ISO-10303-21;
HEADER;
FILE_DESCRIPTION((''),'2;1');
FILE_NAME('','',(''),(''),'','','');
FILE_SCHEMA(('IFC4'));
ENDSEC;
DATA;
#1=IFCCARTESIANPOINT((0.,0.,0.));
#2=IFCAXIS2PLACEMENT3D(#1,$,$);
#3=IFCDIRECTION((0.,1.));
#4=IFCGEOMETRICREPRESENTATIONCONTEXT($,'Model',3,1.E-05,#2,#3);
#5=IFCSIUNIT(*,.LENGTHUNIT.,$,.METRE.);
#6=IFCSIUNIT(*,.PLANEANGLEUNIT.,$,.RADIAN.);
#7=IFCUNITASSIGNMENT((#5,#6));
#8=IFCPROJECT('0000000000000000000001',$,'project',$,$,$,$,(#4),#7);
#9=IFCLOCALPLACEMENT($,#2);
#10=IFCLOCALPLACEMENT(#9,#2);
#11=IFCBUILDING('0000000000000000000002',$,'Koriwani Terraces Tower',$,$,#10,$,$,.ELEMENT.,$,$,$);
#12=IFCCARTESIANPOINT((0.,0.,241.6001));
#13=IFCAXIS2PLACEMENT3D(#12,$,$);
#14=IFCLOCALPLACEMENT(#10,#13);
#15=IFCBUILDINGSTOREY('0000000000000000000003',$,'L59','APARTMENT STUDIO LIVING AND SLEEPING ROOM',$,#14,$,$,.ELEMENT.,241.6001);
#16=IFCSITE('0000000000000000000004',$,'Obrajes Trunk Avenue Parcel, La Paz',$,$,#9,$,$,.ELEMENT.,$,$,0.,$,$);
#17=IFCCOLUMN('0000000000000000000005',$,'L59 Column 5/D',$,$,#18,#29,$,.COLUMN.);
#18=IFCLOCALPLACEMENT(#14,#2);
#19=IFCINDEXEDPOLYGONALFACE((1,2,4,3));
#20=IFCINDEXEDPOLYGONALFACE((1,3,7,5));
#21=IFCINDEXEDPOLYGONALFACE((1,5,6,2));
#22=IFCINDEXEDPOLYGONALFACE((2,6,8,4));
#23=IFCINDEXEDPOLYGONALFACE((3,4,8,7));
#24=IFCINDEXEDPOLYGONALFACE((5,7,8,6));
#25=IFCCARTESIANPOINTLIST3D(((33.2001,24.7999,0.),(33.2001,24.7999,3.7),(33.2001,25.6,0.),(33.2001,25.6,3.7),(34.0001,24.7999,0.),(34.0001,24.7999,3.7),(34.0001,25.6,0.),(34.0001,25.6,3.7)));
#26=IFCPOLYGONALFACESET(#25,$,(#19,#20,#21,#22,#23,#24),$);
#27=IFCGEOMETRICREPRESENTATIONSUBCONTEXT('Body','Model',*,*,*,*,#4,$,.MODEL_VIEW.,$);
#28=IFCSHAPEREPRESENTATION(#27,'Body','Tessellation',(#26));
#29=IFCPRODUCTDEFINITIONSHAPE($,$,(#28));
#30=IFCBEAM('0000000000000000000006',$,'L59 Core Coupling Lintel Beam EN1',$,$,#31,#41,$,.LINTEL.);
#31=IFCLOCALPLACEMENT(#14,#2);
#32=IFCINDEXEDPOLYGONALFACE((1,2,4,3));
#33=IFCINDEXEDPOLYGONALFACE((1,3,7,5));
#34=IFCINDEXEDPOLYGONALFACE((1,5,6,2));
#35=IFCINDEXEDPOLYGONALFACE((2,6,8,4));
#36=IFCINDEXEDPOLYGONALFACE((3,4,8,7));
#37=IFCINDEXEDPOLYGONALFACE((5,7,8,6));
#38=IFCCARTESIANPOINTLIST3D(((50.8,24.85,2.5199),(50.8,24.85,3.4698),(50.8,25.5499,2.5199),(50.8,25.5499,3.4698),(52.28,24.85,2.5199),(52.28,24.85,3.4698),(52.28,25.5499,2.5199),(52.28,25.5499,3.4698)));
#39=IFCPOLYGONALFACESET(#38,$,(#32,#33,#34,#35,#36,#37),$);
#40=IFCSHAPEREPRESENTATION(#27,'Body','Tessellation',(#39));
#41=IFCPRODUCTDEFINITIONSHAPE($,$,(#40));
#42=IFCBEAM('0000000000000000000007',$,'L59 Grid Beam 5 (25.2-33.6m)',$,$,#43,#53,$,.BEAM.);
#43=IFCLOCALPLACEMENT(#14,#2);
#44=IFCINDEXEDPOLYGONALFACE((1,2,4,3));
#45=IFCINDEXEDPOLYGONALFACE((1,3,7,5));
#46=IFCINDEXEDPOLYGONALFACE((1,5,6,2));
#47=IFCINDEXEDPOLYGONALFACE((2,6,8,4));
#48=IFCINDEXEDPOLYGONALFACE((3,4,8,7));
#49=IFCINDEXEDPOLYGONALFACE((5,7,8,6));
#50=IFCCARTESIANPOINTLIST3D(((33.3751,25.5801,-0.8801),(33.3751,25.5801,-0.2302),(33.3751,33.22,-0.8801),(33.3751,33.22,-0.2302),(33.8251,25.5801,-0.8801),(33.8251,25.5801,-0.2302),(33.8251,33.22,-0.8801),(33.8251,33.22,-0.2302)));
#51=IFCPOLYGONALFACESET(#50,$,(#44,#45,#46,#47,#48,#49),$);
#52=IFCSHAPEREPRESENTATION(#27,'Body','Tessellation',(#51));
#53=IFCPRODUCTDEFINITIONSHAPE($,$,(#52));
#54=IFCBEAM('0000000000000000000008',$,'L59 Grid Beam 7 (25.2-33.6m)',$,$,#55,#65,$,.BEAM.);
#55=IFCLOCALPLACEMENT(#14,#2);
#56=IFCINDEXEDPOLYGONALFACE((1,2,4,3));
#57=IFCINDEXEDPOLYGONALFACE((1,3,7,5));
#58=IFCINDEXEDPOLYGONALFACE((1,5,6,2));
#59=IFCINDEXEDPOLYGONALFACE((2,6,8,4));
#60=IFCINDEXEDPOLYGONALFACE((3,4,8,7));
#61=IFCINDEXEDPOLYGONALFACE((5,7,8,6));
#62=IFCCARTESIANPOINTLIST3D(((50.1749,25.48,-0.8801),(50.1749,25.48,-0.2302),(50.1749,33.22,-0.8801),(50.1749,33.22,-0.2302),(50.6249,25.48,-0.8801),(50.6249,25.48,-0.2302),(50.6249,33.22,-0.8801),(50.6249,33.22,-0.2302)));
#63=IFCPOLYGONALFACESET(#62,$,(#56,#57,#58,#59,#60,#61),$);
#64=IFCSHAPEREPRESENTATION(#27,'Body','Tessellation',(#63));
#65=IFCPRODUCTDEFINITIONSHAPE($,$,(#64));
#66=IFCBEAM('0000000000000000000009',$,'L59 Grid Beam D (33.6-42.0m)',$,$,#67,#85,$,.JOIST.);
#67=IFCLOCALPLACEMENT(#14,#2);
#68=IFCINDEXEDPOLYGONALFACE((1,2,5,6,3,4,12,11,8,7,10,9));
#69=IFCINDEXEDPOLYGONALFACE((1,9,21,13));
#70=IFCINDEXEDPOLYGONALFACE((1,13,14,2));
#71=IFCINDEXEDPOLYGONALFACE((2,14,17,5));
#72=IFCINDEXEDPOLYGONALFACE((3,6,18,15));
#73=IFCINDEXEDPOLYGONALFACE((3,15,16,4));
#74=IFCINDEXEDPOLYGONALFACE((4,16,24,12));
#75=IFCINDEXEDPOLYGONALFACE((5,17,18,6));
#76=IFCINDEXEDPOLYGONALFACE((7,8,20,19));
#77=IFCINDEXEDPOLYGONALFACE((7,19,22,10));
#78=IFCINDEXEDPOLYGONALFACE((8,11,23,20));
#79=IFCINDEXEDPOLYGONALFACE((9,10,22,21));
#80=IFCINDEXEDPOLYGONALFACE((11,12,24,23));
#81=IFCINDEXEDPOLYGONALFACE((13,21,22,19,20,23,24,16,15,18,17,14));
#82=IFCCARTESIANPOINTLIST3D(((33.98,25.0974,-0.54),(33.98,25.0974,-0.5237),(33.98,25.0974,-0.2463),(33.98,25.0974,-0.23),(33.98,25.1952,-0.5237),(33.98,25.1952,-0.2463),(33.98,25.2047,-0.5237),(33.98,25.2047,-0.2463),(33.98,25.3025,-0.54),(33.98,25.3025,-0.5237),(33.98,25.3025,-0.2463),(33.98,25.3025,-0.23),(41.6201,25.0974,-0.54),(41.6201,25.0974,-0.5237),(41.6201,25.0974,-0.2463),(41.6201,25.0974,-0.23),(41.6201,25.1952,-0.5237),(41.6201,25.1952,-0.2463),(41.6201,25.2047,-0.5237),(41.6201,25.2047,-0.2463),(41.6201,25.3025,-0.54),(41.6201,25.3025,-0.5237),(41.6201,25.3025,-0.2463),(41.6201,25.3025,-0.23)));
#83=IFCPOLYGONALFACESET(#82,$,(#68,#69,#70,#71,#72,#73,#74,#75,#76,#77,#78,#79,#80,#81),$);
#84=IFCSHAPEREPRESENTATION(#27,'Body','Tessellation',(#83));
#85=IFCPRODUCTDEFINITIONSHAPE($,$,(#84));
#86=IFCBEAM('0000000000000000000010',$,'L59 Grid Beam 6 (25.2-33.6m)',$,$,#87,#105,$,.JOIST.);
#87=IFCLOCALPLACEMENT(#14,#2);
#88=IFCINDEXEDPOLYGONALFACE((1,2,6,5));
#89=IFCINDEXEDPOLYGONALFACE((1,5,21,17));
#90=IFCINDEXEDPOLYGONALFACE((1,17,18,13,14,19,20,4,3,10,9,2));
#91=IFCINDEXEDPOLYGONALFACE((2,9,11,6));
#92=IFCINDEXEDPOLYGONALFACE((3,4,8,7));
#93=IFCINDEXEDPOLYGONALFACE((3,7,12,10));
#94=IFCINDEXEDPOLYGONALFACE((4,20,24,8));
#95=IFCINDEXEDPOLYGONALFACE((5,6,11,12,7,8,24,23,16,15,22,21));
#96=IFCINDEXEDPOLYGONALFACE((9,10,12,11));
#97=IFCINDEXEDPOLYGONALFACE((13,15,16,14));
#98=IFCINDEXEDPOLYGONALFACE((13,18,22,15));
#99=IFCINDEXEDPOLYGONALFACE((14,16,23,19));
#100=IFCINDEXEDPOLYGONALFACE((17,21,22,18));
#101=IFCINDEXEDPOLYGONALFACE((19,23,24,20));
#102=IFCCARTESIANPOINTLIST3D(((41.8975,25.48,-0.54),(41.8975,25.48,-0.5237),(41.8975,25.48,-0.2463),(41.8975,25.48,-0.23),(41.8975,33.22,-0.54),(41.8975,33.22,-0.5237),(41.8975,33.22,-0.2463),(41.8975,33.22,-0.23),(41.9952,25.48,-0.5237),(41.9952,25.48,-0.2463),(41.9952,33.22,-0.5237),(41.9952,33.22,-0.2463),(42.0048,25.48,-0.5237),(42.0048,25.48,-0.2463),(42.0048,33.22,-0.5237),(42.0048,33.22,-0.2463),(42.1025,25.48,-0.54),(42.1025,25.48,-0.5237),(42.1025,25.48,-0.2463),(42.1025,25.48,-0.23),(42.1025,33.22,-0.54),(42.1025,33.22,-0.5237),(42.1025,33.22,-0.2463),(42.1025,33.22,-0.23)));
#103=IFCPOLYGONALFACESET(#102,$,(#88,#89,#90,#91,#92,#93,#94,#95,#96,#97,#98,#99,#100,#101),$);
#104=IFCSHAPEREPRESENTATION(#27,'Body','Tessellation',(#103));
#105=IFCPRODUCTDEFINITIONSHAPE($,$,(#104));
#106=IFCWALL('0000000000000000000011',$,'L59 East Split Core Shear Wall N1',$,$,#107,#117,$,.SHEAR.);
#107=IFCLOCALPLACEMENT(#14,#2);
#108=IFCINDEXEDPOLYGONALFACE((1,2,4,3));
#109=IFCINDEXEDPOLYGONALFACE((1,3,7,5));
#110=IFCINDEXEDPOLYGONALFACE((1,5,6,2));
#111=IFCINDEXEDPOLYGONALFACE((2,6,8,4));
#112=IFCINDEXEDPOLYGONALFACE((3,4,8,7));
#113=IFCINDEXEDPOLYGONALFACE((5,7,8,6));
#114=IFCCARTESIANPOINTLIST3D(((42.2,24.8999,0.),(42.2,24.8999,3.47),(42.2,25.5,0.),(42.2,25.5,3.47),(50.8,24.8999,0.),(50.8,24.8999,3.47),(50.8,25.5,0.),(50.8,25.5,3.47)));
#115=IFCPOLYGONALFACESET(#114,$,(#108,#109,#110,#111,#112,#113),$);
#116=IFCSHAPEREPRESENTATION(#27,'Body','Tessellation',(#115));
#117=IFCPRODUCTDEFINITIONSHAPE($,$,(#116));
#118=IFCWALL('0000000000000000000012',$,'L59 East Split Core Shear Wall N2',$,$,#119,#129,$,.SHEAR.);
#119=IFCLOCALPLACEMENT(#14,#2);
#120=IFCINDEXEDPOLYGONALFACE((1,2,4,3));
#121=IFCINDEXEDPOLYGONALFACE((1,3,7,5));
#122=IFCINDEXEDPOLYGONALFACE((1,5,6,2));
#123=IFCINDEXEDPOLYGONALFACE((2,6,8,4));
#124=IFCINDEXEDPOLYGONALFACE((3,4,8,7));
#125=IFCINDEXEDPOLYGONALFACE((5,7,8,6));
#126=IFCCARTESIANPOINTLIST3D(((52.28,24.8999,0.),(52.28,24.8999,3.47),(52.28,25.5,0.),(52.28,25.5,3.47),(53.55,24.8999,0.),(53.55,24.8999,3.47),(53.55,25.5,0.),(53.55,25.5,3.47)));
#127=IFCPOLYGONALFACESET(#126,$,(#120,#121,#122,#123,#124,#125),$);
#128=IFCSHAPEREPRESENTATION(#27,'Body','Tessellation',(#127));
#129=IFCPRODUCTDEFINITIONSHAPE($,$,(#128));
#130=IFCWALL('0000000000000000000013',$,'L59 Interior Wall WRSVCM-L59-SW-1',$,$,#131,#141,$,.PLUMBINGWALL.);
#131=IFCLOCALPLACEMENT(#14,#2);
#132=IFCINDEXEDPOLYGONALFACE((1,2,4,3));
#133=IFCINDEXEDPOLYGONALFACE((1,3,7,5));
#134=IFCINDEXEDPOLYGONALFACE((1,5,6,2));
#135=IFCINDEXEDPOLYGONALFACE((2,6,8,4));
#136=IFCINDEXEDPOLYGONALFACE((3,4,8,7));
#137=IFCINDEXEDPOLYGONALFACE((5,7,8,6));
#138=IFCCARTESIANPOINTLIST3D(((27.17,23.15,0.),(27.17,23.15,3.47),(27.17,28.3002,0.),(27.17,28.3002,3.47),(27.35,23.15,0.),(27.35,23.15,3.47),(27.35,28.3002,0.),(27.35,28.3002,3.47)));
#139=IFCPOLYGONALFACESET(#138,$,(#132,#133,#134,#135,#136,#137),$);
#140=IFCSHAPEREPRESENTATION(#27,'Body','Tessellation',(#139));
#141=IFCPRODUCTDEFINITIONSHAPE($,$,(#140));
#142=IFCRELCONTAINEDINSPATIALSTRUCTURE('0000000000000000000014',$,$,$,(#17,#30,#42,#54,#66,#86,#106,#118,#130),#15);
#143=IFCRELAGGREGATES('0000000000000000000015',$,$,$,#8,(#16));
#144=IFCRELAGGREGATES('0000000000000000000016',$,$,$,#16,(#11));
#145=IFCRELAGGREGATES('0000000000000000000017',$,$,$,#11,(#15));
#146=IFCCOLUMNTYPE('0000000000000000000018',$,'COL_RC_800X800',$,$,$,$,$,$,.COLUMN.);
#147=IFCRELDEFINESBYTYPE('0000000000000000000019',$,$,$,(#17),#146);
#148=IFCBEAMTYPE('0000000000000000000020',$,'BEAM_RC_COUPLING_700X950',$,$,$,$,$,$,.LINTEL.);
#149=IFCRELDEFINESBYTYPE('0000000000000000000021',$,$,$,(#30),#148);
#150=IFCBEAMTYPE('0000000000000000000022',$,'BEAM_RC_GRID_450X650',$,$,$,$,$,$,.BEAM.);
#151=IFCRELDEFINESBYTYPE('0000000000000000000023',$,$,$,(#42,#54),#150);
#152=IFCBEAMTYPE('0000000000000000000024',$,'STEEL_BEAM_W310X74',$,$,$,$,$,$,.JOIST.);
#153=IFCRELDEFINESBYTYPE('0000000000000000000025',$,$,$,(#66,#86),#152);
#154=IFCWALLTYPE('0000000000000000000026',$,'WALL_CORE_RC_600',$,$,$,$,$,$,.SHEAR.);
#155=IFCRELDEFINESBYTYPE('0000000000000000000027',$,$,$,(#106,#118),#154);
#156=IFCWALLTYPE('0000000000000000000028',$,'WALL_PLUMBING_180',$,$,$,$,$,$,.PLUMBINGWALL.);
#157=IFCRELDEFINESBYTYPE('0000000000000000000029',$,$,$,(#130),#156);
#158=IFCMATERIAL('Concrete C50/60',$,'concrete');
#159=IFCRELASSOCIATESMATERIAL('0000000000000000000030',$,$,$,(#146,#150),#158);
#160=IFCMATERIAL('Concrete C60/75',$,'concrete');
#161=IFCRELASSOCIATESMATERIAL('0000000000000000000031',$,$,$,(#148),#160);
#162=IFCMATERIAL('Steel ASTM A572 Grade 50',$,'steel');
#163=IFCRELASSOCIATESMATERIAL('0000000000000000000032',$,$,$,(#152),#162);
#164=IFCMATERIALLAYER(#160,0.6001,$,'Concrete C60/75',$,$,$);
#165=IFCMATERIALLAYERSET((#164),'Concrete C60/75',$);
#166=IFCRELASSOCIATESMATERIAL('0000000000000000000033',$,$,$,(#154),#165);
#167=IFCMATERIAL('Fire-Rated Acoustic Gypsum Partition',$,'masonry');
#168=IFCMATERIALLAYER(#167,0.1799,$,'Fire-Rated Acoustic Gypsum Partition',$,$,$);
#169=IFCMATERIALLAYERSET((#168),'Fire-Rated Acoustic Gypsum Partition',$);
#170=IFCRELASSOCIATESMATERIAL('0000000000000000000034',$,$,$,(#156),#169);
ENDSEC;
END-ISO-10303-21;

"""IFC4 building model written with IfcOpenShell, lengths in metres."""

from ifc_helpers import new_model, si_unit, direction, frame, frame_2d, origin, origin_2d, place, context, subcontext, project, spatial, rectangle, i_section, extrude, material, layer, layer_set, material_profile, profile_set, type_object, element, save


model = new_model("IFC4")

# Units and contexts
model_context = context("Model", 3, precision=1e-05, world=origin(), true_north=direction((0.0, 1.0)))
body_context = subcontext(model_context, "Body", "Model", "MODEL_VIEW")
ifc_project = project(units=[si_unit("LENGTHUNIT", "METRE"), si_unit("PLANEANGLEUNIT", "RADIAN")], contexts=[model_context])

# Site, building, storey
site_placement = place(None, origin())
site = spatial("IfcSite", under=ifc_project, at=site_placement, Name="Obrajes Trunk Avenue Parcel, La Paz", CompositionType="ELEMENT", RefElevation=0.0)
building_placement = place(site_placement, origin())
building = spatial("IfcBuilding", under=site, at=building_placement, Name="Koriwani Terraces Tower", CompositionType="ELEMENT")
storey_placement = place(building_placement, frame((0.0, 0.0, 241.6001)))
storey = spatial("IfcBuildingStorey", under=building, at=storey_placement, Name="L59", Description="APARTMENT STUDIO LIVING AND SLEEPING ROOM", CompositionType="ELEMENT", Elevation=241.6001)

# Column
ifc_material_1 = material(Name="Concrete C50/60", Category="concrete")
ifc_material_profile_1 = material_profile(ifc_material_1, rectangle(XDim=0.8, YDim=0.8, at=origin_2d()), Name="Concrete C50/60", Category="LoadBearing")
ifc_profile_set_1 = profile_set([ifc_material_profile_1], Name="Concrete C50/60")
column_type = type_object("IfcColumnType", Name="COL_RC_800X800", PredefinedType="COLUMN", material=ifc_profile_set_1)
column_placement = place(storey_placement, frame((33.6001, 25.2, 0.0), z_axis=(0.0, 0.0, 1.0), x_axis=(1.0, 0.0, 0.0)))
element("IfcColumn", 1, at=column_placement, inside=storey, type_object=column_type, Name="L59 Column 5/D", PredefinedType="COLUMN", context=body_context, shape_type="SweptSolid", body=[
    extrude(rectangle(XDim=0.8, YDim=0.8, at=origin_2d()), origin(), (0.0, 0.0, 1.0), 3.7),
])

# Beams
ifc_material_2 = material(Name="Concrete C60/75", Category="concrete")
ifc_material_profile_2 = material_profile(ifc_material_2, rectangle(XDim=0.7, YDim=0.95, at=origin_2d()), Name="Concrete C60/75", Category="LoadBearing")
ifc_profile_set_2 = profile_set([ifc_material_profile_2], Name="Concrete C60/75")
beam_type_1 = type_object("IfcBeamType", Name="BEAM_RC_COUPLING_700X950", PredefinedType="LINTEL", material=ifc_profile_set_2)
beam_1_placement = place(storey_placement, frame((50.8, 25.2, 2.9949), z_axis=(1.0, 0.0, 0.0), x_axis=(0.0, 1.0, 0.0)))
element("IfcBeam", 2, at=beam_1_placement, inside=storey, type_object=beam_type_1, Name="L59 Core Coupling Lintel Beam EN1", PredefinedType="LINTEL", context=body_context, shape_type="SweptSolid", body=[
    extrude(rectangle(XDim=0.7, YDim=0.95, at=origin_2d()), origin(), (0.0, 0.0, 1.0), 1.48),
])
ifc_material_profile_3 = material_profile(ifc_material_1, rectangle(XDim=0.45, YDim=0.6499, at=origin_2d()), Name="Concrete C50/60", Category="LoadBearing")
ifc_profile_set_3 = profile_set([ifc_material_profile_3], Name="Concrete C50/60")
beam_type_2 = type_object("IfcBeamType", Name="BEAM_RC_GRID_450X650", PredefinedType="BEAM", material=ifc_profile_set_3)
beam_2_placement = place(storey_placement, frame((33.6001, 25.5801, -0.5552), z_axis=(0.0, 1.0, 0.0), x_axis=(-1.0, 0.0, 0.0)))
element("IfcBeam", 3, at=beam_2_placement, inside=storey, type_object=beam_type_2, Name="L59 Grid Beam 5 (25.2-33.6m)", PredefinedType="BEAM", context=body_context, shape_type="SweptSolid", body=[
    extrude(rectangle(XDim=0.45, YDim=0.6499, at=origin_2d()), origin(), (0.0, 0.0, 1.0), 7.6399),
])
beam_3_placement = place(storey_placement, frame((50.3999, 25.48, -0.5552), z_axis=(0.0, 1.0, 0.0), x_axis=(-1.0, 0.0, 0.0)))
element("IfcBeam", 4, at=beam_3_placement, inside=storey, type_object=beam_type_2, Name="L59 Grid Beam 7 (25.2-33.6m)", PredefinedType="BEAM", context=body_context, shape_type="SweptSolid", body=[
    extrude(rectangle(XDim=0.45, YDim=0.6499, at=origin_2d()), origin(), (0.0, 0.0, 1.0), 7.74),
])
ifc_material_3 = material(Name="Steel ASTM A572 Grade 50", Category="steel")
ifc_material_profile_4 = material_profile(ifc_material_3, i_section(OverallWidth=0.2051, OverallDepth=0.3101, WebThickness=0.0095, FlangeThickness=0.0164, at=origin_2d()), Name="Steel ASTM A572 Grade 50", Category="LoadBearing")
ifc_profile_set_4 = profile_set([ifc_material_profile_4], Name="Steel ASTM A572 Grade 50")
beam_type_3 = type_object("IfcBeamType", Name="STEEL_BEAM_W310X74", PredefinedType="JOIST", material=ifc_profile_set_4)
beam_4_placement = place(storey_placement, frame((33.98, 25.2, -0.385), z_axis=(1.0, 0.0, 0.0), x_axis=(0.0, 1.0, 0.0)))
element("IfcBeam", 5, at=beam_4_placement, inside=storey, type_object=beam_type_3, Name="L59 Grid Beam D (33.6-42.0m)", PredefinedType="JOIST", context=body_context, shape_type="SweptSolid", body=[
    extrude(i_section(OverallWidth=0.2051, OverallDepth=0.3101, WebThickness=0.0095, FlangeThickness=0.0164, at=origin_2d()), origin(), (0.0, 0.0, 1.0), 7.6401),
])
beam_5_placement = place(storey_placement, frame((42.0, 25.48, -0.385), z_axis=(0.0, 1.0, 0.0), x_axis=(-1.0, 0.0, 0.0)))
element("IfcBeam", 6, at=beam_5_placement, inside=storey, type_object=beam_type_3, Name="L59 Grid Beam 6 (25.2-33.6m)", PredefinedType="JOIST", context=body_context, shape_type="SweptSolid", body=[
    extrude(i_section(OverallWidth=0.2051, OverallDepth=0.3101, WebThickness=0.0095, FlangeThickness=0.0164, at=origin_2d()), origin(), (0.0, 0.0, 1.0), 7.74),
])

# Walls
ifc_layer_1 = layer(ifc_material_2, 0.6001, Name="Concrete C60/75")
ifc_layer_set_1 = layer_set([ifc_layer_1], Name="Concrete C60/75")
wall_type_1 = type_object("IfcWallType", Name="WALL_CORE_RC_600", PredefinedType="SHEAR", material=ifc_layer_set_1)
wall_1_placement = place(storey_placement, frame((42.2, 25.2, 0.0), z_axis=(0.0, 0.0, 1.0), x_axis=(1.0, 0.0, 0.0)))
element("IfcWall", 7, at=wall_1_placement, inside=storey, type_object=wall_type_1, Name="L59 East Split Core Shear Wall N1", PredefinedType="SHEAR", context=body_context, shape_type="SweptSolid", body=[
    extrude(rectangle(XDim=8.6001, YDim=0.6001, at=frame_2d((4.3, 0.0))), origin(), (0.0, 0.0, 1.0), 3.47),
])
wall_2_placement = place(storey_placement, frame((52.28, 25.2, 0.0), z_axis=(0.0, 0.0, 1.0), x_axis=(1.0, 0.0, 0.0)))
element("IfcWall", 8, at=wall_2_placement, inside=storey, type_object=wall_type_1, Name="L59 East Split Core Shear Wall N2", PredefinedType="SHEAR", context=body_context, shape_type="SweptSolid", body=[
    extrude(rectangle(XDim=1.27, YDim=0.6001, at=frame_2d((0.635, 0.0))), origin(), (0.0, 0.0, 1.0), 3.47),
])
ifc_material_4 = material(Name="Fire-Rated Acoustic Gypsum Partition", Category="masonry")
ifc_layer_2 = layer(ifc_material_4, 0.1799, Name="Fire-Rated Acoustic Gypsum Partition")
ifc_layer_set_2 = layer_set([ifc_layer_2], Name="Fire-Rated Acoustic Gypsum Partition")
wall_type_2 = type_object("IfcWallType", Name="WALL_PLUMBING_180", PredefinedType="PLUMBINGWALL", material=ifc_layer_set_2)
wall_3_placement = place(storey_placement, frame((27.26, 23.1499, 0.0), z_axis=(0.0, 0.0, 1.0), x_axis=(0.0, 1.0, 0.0)))
element("IfcWall", 9, at=wall_3_placement, inside=storey, type_object=wall_type_2, Name="L59 Interior Wall WRSVCM-L59-SW-1", PredefinedType="PLUMBINGWALL", context=body_context, shape_type="SweptSolid", body=[
    extrude(rectangle(XDim=5.1501, YDim=0.1799, at=frame_2d((2.5752, 0.0))), origin(), (0.0, 0.0, 1.0), 3.47),
])

save(model, "model.ifc")
